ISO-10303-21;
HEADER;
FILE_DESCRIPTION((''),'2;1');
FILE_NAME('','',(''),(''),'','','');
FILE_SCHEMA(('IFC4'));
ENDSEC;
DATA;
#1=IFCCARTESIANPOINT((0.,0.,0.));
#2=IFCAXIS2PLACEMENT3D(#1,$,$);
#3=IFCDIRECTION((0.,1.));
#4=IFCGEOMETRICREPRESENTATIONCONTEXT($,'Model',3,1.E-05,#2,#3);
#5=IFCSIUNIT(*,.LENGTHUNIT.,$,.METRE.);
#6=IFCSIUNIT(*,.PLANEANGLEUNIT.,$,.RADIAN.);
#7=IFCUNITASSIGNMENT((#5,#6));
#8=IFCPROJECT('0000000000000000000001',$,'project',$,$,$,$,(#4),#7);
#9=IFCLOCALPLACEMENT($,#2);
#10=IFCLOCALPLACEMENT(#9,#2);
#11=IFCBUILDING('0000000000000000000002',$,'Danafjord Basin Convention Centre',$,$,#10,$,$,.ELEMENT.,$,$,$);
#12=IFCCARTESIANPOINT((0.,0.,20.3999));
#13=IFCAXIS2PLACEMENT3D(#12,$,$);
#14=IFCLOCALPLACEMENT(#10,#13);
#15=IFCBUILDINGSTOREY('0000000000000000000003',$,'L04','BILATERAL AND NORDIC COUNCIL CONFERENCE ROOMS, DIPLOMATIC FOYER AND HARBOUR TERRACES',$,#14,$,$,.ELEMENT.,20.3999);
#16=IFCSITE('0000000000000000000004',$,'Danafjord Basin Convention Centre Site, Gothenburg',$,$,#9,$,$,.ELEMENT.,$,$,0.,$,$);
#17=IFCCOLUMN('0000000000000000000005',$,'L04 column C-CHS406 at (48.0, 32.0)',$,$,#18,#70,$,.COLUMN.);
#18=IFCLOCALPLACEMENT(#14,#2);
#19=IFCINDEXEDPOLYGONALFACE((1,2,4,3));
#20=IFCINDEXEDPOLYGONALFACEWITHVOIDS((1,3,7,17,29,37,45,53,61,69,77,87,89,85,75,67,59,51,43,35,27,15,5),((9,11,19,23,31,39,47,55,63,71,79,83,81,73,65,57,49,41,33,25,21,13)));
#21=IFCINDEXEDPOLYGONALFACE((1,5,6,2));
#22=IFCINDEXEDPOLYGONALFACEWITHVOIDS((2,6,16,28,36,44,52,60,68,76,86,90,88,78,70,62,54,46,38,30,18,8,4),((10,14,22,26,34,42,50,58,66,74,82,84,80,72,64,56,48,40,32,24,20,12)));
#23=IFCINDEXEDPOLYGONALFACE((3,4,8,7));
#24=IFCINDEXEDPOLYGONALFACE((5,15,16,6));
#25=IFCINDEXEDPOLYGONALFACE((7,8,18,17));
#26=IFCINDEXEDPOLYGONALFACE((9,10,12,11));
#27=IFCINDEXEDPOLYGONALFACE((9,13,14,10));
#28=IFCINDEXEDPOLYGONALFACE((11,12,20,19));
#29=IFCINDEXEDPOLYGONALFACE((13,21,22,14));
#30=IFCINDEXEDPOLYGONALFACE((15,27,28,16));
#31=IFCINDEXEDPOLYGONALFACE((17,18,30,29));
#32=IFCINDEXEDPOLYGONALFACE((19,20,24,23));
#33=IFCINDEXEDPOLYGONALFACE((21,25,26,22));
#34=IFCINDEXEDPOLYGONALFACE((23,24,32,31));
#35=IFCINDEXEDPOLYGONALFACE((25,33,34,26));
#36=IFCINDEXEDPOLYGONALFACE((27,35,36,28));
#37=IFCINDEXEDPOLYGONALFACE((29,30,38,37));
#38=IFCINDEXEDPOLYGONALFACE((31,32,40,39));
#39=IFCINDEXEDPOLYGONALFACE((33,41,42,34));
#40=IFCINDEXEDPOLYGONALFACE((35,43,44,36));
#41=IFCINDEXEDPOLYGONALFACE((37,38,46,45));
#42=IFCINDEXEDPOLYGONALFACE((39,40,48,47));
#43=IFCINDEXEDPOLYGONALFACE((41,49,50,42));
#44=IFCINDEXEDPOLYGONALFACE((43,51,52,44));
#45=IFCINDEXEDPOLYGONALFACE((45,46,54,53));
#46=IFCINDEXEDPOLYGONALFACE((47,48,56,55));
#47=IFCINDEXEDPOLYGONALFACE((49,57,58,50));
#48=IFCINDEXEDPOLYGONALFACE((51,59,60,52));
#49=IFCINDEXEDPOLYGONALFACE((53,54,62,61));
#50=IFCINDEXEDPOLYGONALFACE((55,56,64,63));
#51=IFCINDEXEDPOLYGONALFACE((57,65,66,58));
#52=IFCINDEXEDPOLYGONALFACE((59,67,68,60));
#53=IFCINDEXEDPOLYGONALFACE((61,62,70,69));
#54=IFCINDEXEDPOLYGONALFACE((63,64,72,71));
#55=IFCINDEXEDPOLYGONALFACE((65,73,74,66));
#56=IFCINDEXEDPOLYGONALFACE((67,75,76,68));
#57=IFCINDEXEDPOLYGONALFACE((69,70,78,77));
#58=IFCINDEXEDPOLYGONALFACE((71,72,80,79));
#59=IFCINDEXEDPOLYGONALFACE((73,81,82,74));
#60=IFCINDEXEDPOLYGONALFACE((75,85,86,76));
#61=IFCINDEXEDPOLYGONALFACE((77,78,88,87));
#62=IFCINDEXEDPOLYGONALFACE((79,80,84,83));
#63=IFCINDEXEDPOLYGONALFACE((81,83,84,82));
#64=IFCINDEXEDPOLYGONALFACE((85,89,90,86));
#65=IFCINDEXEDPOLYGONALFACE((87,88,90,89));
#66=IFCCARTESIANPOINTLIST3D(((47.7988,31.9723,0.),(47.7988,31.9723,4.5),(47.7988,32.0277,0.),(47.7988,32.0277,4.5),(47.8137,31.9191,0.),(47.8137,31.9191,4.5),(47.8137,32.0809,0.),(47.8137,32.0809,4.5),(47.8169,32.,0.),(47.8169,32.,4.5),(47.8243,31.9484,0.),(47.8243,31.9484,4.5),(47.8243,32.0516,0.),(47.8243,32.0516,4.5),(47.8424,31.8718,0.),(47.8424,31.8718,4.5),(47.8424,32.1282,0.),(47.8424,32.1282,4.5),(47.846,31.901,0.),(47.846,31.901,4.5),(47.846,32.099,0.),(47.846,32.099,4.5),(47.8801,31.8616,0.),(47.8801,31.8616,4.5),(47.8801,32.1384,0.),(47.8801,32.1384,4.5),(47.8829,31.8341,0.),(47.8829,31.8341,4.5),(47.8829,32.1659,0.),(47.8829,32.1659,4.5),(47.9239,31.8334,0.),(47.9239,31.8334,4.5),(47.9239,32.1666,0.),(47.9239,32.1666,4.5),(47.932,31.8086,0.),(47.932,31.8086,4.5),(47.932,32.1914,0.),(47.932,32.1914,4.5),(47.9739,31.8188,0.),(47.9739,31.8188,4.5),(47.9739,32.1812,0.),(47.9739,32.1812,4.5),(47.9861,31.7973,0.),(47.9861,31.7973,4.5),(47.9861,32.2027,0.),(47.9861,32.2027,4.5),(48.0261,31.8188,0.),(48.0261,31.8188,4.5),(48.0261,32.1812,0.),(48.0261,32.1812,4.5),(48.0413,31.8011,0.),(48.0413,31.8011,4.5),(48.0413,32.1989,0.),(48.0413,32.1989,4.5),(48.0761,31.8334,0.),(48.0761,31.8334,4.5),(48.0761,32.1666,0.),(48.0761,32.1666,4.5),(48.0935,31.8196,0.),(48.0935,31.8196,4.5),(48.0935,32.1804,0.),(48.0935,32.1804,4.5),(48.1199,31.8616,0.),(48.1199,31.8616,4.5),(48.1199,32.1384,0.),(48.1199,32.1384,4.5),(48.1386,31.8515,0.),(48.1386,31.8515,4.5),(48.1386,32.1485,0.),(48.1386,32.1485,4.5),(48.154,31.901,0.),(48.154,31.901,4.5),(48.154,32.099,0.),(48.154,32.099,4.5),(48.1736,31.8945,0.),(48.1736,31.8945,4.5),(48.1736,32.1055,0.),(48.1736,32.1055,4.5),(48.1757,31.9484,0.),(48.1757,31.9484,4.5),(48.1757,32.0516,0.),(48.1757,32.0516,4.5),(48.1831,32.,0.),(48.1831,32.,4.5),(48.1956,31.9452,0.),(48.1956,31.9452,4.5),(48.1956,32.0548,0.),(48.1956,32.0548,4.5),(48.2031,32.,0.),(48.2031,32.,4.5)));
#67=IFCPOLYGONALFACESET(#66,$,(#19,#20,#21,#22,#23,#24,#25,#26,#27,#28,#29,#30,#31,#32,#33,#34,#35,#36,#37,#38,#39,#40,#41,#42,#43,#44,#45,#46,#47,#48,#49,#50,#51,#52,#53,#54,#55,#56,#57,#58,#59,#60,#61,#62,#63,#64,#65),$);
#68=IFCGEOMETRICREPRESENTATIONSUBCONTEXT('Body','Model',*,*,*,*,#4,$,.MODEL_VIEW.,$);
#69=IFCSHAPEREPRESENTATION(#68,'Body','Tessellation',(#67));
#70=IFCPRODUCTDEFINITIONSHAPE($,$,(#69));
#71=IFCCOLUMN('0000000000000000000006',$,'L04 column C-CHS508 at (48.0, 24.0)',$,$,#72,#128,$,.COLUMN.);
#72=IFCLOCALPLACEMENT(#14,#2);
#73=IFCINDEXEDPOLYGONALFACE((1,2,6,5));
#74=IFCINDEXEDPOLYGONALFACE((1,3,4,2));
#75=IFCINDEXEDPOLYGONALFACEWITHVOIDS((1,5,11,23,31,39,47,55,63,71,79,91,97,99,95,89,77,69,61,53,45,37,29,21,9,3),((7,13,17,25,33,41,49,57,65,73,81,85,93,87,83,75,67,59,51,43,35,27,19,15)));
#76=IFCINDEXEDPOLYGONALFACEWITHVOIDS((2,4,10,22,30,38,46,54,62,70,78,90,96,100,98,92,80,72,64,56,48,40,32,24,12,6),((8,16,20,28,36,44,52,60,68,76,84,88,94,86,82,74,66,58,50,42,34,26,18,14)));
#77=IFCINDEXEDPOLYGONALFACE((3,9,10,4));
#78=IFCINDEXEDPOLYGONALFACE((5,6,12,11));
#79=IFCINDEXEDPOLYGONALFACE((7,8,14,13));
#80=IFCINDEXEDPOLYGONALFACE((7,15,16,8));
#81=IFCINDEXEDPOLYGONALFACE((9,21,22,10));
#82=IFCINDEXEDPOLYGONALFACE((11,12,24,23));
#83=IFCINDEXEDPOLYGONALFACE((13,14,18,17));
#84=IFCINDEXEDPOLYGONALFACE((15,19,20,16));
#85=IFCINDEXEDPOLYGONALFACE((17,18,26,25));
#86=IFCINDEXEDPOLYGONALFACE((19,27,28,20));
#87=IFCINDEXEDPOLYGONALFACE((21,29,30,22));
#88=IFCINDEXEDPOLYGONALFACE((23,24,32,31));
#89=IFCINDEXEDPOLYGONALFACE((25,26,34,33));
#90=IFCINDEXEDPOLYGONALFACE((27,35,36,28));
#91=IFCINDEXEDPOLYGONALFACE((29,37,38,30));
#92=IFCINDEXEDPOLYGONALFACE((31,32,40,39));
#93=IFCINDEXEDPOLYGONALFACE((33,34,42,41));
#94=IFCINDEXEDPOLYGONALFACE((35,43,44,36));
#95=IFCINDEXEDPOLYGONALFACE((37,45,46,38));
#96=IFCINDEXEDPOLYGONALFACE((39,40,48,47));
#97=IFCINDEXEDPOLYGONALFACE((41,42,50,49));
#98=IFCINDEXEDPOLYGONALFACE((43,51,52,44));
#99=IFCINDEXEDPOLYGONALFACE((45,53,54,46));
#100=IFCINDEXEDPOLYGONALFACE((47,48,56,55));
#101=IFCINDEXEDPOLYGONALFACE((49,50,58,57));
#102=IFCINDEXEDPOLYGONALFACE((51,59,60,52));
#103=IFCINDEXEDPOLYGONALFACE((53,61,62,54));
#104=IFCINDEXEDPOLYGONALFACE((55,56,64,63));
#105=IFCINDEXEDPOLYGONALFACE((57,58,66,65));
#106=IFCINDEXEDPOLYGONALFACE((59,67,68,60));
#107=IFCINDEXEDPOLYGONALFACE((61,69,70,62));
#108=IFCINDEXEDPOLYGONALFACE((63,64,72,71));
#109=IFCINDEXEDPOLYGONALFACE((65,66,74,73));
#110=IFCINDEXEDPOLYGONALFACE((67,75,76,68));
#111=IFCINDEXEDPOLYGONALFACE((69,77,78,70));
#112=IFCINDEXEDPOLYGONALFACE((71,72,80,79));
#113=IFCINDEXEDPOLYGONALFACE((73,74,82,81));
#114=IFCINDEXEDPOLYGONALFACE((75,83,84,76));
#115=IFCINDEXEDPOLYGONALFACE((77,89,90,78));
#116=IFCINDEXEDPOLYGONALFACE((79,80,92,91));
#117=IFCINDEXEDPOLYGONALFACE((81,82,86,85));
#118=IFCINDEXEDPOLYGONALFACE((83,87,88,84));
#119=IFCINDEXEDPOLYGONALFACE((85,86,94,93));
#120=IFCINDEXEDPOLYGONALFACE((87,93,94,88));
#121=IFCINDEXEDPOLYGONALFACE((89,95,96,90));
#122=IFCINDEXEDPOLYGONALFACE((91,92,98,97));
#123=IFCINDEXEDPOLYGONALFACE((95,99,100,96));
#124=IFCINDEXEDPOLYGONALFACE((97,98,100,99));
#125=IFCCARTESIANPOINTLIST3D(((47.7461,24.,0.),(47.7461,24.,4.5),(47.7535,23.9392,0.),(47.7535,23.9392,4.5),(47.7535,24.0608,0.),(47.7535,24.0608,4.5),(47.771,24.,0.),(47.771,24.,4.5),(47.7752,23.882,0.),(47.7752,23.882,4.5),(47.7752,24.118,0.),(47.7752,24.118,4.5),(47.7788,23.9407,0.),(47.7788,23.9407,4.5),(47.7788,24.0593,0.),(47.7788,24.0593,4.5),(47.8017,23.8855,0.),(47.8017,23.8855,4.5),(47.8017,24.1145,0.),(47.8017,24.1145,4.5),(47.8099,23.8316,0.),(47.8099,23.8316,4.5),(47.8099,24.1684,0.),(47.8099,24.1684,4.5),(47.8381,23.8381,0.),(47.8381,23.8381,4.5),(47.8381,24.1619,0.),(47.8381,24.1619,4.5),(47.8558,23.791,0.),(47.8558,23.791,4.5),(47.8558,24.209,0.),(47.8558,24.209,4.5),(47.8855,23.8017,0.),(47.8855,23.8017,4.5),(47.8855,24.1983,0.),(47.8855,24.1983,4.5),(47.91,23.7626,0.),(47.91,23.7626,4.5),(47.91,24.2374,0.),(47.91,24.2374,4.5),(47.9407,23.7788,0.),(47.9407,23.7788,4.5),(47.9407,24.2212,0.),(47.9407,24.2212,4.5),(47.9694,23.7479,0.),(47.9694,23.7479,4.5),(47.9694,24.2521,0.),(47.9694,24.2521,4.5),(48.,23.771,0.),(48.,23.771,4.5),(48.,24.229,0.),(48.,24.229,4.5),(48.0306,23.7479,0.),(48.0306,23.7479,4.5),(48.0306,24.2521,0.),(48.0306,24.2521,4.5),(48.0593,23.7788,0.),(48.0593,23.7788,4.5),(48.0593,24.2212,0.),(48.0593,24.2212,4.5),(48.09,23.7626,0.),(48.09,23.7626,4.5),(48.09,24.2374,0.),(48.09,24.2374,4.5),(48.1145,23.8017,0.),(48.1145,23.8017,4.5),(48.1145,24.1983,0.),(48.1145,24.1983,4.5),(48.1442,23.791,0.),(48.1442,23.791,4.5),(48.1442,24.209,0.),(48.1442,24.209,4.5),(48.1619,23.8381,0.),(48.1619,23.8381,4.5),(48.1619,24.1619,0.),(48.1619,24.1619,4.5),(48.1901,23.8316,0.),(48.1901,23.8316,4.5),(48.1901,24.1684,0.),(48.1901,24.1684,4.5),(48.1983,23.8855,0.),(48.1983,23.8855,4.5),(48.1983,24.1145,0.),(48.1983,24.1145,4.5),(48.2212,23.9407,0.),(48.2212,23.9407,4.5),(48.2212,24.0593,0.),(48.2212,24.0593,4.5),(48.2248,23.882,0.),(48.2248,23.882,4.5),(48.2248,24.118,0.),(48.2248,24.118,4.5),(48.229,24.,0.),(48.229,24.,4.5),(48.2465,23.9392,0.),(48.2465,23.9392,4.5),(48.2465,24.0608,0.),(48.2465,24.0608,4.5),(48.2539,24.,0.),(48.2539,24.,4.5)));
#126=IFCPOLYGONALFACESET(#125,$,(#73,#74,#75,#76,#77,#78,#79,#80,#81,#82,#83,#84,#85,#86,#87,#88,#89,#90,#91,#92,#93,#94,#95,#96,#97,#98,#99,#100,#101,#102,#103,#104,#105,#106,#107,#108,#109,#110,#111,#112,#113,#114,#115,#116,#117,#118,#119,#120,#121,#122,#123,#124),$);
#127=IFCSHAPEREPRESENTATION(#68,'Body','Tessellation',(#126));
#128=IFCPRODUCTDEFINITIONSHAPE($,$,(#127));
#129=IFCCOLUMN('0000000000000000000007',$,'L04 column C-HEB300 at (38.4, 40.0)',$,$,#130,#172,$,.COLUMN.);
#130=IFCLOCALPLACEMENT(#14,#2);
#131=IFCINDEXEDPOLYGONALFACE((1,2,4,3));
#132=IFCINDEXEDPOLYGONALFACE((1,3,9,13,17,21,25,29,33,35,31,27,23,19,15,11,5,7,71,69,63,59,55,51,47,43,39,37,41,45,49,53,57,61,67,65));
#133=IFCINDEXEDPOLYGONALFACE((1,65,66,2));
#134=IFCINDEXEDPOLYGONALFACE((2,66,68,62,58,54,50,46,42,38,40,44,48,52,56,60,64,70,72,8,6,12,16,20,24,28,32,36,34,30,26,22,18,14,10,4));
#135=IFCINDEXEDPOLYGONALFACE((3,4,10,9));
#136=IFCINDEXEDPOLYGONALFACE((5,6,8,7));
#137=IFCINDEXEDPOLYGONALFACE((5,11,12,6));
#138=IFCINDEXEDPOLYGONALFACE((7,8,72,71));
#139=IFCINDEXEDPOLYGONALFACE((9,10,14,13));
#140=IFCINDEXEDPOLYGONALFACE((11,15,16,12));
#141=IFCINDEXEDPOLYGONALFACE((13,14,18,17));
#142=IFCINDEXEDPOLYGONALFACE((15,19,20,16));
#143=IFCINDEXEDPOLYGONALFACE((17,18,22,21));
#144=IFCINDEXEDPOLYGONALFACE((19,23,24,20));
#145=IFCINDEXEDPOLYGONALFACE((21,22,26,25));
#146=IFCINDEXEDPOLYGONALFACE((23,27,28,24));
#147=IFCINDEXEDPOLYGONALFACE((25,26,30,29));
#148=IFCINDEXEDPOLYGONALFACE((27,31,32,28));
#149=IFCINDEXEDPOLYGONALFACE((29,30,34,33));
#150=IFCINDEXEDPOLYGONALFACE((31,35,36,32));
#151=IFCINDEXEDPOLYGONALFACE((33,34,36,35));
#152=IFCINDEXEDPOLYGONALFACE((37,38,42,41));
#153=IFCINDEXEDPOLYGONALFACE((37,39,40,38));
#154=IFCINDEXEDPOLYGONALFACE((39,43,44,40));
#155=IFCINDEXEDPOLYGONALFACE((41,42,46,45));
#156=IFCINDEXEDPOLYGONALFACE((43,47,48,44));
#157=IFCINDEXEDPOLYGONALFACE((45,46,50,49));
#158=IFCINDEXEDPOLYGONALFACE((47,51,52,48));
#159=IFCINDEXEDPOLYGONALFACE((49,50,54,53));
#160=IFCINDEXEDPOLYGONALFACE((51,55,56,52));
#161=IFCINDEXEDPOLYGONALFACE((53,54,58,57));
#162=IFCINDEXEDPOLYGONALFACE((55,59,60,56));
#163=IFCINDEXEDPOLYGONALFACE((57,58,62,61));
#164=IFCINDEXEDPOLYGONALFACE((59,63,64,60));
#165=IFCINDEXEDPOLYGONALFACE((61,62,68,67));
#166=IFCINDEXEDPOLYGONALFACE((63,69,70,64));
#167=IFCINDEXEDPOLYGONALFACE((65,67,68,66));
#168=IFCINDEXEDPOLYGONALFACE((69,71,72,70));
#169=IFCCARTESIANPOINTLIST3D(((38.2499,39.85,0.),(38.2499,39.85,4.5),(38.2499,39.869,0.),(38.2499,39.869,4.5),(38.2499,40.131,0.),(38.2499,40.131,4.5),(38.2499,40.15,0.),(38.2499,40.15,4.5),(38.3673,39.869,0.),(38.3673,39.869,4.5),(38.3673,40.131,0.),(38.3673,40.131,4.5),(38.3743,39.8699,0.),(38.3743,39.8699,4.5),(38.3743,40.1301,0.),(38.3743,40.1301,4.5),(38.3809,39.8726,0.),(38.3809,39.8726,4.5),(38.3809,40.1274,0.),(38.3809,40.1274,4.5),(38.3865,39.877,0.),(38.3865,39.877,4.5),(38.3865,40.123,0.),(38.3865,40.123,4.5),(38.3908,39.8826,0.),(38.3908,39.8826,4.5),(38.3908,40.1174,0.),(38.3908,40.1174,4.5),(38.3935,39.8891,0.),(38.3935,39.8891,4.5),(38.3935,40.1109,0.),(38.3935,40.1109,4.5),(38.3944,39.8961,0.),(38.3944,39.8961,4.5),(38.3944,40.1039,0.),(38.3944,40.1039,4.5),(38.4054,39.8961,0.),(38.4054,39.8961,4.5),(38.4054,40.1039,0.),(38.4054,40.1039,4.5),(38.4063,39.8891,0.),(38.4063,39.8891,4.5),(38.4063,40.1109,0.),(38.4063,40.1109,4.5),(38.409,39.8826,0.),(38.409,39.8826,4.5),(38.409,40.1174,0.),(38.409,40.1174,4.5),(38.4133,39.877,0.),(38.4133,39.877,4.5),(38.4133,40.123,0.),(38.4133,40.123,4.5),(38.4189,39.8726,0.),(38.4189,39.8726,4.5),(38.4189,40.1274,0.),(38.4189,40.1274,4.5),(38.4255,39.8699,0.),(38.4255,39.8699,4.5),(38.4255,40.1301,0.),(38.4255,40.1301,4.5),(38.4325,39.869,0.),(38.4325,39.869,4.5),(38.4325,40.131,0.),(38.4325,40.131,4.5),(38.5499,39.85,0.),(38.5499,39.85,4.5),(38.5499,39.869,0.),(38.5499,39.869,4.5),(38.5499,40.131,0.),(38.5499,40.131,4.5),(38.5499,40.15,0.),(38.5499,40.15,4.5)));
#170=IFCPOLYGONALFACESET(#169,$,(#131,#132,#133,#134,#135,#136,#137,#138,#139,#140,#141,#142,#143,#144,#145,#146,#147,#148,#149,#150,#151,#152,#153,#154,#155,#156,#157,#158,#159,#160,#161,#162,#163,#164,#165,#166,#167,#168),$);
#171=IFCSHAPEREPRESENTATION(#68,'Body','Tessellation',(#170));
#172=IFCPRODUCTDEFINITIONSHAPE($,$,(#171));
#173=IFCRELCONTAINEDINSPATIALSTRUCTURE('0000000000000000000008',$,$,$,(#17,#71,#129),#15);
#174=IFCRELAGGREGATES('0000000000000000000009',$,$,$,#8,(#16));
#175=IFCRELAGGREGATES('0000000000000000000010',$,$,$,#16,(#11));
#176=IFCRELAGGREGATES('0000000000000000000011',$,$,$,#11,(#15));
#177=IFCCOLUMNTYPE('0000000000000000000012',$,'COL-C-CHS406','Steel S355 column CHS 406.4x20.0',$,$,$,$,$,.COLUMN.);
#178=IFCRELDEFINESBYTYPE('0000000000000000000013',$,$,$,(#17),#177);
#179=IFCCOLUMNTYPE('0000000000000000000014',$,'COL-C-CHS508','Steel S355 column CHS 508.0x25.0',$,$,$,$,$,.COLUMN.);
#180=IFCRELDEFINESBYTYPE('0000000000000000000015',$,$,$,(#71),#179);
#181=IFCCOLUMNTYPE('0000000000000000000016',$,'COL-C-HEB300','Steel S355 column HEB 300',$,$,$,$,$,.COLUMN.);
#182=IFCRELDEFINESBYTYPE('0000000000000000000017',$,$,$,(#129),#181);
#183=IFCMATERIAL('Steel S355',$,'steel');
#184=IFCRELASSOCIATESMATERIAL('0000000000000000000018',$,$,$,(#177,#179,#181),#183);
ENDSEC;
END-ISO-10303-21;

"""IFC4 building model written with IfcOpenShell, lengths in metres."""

from ifc_helpers import new_model, si_unit, direction, frame, origin, origin_2d, place, context, subcontext, project, spatial, hollow_circle, i_section, extrude, material, material_profile, profile_set, type_object, element, save


model = new_model("IFC4")

# Units and contexts
model_context = context("Model", 3, precision=1e-05, world=origin(), true_north=direction((0.0, 1.0)))
body_context = subcontext(model_context, "Body", "Model", "MODEL_VIEW")
ifc_project = project(units=[si_unit("LENGTHUNIT", "METRE"), si_unit("PLANEANGLEUNIT", "RADIAN")], contexts=[model_context])

# Site, building, storey
site_placement = place(None, origin())
site = spatial("IfcSite", under=ifc_project, at=site_placement, Name="Danafjord Basin Convention Centre Site, Gothenburg", CompositionType="ELEMENT", RefElevation=0.0)
building_placement = place(site_placement, origin())
building = spatial("IfcBuilding", under=site, at=building_placement, Name="Danafjord Basin Convention Centre", CompositionType="ELEMENT")
storey_placement = place(building_placement, frame((0.0, 0.0, 20.3999)))
storey = spatial("IfcBuildingStorey", under=building, at=storey_placement, Name="L04", Description="BILATERAL AND NORDIC COUNCIL CONFERENCE ROOMS, DIPLOMATIC FOYER AND HARBOUR TERRACES", CompositionType="ELEMENT", Elevation=20.3999)

# Columns
ifc_material_1 = material(Name="Steel S355", Category="steel")
ifc_material_profile_1 = material_profile(ifc_material_1, hollow_circle(Radius=0.2031, WallThickness=0.02, at=origin_2d()), Name="CHS 406.4x20.0")
ifc_profile_set_1 = profile_set([ifc_material_profile_1], Name="Steel S355")
column_type_1 = type_object("IfcColumnType", Name="COL-C-CHS406", Description="Steel S355 column CHS 406.4x20.0", PredefinedType="COLUMN", material=ifc_profile_set_1)
column_1_placement = place(storey_placement, frame((48.0, 32.0, 0.0), z_axis=(0.0, 0.0, 1.0), x_axis=(1.0, 0.0, 0.0)))
element("IfcColumn", 1, at=column_1_placement, inside=storey, type_object=column_type_1, Name="L04 column C-CHS406 at (48.0, 32.0)", PredefinedType="COLUMN", context=body_context, shape_type="SweptSolid", body=[
    extrude(hollow_circle(Radius=0.2031, WallThickness=0.02, at=origin_2d()), origin(), (0.0, 0.0, 1.0), 4.5),
])
ifc_material_profile_2 = material_profile(ifc_material_1, hollow_circle(Radius=0.2539, WallThickness=0.0249, at=origin_2d()), Name="CHS 508.0x25.0")
ifc_profile_set_2 = profile_set([ifc_material_profile_2], Name="Steel S355")
column_type_2 = type_object("IfcColumnType", Name="COL-C-CHS508", Description="Steel S355 column CHS 508.0x25.0", PredefinedType="COLUMN", material=ifc_profile_set_2)
column_2_placement = place(storey_placement, frame((48.0, 24.0, 0.0), z_axis=(0.0, 0.0, 1.0), x_axis=(1.0, 0.0, 0.0)))
element("IfcColumn", 2, at=column_2_placement, inside=storey, type_object=column_type_2, Name="L04 column C-CHS508 at (48.0, 24.0)", PredefinedType="COLUMN", context=body_context, shape_type="SweptSolid", body=[
    extrude(hollow_circle(Radius=0.2539, WallThickness=0.0249, at=origin_2d()), origin(), (0.0, 0.0, 1.0), 4.5),
])
ifc_material_profile_3 = material_profile(ifc_material_1, i_section(OverallWidth=0.3, OverallDepth=0.3, WebThickness=0.011, FlangeThickness=0.019, FilletRadius=0.0271, at=origin_2d()), Name="HEB 300")
ifc_profile_set_3 = profile_set([ifc_material_profile_3], Name="Steel S355")
column_type_3 = type_object("IfcColumnType", Name="COL-C-HEB300", Description="Steel S355 column HEB 300", PredefinedType="COLUMN", material=ifc_profile_set_3)
column_3_placement = place(storey_placement, frame((38.3999, 40.0, 0.0), z_axis=(0.0, 0.0, 1.0), x_axis=(1.0, 0.0, 0.0)))
element("IfcColumn", 3, at=column_3_placement, inside=storey, type_object=column_type_3, Name="L04 column C-HEB300 at (38.4, 40.0)", PredefinedType="COLUMN", context=body_context, shape_type="SweptSolid", body=[
    extrude(i_section(OverallWidth=0.3, OverallDepth=0.3, WebThickness=0.011, FlangeThickness=0.019, FilletRadius=0.0271, at=origin_2d()), origin(), (0.0, 0.0, 1.0), 4.5),
])

save(model, "model.ifc")
